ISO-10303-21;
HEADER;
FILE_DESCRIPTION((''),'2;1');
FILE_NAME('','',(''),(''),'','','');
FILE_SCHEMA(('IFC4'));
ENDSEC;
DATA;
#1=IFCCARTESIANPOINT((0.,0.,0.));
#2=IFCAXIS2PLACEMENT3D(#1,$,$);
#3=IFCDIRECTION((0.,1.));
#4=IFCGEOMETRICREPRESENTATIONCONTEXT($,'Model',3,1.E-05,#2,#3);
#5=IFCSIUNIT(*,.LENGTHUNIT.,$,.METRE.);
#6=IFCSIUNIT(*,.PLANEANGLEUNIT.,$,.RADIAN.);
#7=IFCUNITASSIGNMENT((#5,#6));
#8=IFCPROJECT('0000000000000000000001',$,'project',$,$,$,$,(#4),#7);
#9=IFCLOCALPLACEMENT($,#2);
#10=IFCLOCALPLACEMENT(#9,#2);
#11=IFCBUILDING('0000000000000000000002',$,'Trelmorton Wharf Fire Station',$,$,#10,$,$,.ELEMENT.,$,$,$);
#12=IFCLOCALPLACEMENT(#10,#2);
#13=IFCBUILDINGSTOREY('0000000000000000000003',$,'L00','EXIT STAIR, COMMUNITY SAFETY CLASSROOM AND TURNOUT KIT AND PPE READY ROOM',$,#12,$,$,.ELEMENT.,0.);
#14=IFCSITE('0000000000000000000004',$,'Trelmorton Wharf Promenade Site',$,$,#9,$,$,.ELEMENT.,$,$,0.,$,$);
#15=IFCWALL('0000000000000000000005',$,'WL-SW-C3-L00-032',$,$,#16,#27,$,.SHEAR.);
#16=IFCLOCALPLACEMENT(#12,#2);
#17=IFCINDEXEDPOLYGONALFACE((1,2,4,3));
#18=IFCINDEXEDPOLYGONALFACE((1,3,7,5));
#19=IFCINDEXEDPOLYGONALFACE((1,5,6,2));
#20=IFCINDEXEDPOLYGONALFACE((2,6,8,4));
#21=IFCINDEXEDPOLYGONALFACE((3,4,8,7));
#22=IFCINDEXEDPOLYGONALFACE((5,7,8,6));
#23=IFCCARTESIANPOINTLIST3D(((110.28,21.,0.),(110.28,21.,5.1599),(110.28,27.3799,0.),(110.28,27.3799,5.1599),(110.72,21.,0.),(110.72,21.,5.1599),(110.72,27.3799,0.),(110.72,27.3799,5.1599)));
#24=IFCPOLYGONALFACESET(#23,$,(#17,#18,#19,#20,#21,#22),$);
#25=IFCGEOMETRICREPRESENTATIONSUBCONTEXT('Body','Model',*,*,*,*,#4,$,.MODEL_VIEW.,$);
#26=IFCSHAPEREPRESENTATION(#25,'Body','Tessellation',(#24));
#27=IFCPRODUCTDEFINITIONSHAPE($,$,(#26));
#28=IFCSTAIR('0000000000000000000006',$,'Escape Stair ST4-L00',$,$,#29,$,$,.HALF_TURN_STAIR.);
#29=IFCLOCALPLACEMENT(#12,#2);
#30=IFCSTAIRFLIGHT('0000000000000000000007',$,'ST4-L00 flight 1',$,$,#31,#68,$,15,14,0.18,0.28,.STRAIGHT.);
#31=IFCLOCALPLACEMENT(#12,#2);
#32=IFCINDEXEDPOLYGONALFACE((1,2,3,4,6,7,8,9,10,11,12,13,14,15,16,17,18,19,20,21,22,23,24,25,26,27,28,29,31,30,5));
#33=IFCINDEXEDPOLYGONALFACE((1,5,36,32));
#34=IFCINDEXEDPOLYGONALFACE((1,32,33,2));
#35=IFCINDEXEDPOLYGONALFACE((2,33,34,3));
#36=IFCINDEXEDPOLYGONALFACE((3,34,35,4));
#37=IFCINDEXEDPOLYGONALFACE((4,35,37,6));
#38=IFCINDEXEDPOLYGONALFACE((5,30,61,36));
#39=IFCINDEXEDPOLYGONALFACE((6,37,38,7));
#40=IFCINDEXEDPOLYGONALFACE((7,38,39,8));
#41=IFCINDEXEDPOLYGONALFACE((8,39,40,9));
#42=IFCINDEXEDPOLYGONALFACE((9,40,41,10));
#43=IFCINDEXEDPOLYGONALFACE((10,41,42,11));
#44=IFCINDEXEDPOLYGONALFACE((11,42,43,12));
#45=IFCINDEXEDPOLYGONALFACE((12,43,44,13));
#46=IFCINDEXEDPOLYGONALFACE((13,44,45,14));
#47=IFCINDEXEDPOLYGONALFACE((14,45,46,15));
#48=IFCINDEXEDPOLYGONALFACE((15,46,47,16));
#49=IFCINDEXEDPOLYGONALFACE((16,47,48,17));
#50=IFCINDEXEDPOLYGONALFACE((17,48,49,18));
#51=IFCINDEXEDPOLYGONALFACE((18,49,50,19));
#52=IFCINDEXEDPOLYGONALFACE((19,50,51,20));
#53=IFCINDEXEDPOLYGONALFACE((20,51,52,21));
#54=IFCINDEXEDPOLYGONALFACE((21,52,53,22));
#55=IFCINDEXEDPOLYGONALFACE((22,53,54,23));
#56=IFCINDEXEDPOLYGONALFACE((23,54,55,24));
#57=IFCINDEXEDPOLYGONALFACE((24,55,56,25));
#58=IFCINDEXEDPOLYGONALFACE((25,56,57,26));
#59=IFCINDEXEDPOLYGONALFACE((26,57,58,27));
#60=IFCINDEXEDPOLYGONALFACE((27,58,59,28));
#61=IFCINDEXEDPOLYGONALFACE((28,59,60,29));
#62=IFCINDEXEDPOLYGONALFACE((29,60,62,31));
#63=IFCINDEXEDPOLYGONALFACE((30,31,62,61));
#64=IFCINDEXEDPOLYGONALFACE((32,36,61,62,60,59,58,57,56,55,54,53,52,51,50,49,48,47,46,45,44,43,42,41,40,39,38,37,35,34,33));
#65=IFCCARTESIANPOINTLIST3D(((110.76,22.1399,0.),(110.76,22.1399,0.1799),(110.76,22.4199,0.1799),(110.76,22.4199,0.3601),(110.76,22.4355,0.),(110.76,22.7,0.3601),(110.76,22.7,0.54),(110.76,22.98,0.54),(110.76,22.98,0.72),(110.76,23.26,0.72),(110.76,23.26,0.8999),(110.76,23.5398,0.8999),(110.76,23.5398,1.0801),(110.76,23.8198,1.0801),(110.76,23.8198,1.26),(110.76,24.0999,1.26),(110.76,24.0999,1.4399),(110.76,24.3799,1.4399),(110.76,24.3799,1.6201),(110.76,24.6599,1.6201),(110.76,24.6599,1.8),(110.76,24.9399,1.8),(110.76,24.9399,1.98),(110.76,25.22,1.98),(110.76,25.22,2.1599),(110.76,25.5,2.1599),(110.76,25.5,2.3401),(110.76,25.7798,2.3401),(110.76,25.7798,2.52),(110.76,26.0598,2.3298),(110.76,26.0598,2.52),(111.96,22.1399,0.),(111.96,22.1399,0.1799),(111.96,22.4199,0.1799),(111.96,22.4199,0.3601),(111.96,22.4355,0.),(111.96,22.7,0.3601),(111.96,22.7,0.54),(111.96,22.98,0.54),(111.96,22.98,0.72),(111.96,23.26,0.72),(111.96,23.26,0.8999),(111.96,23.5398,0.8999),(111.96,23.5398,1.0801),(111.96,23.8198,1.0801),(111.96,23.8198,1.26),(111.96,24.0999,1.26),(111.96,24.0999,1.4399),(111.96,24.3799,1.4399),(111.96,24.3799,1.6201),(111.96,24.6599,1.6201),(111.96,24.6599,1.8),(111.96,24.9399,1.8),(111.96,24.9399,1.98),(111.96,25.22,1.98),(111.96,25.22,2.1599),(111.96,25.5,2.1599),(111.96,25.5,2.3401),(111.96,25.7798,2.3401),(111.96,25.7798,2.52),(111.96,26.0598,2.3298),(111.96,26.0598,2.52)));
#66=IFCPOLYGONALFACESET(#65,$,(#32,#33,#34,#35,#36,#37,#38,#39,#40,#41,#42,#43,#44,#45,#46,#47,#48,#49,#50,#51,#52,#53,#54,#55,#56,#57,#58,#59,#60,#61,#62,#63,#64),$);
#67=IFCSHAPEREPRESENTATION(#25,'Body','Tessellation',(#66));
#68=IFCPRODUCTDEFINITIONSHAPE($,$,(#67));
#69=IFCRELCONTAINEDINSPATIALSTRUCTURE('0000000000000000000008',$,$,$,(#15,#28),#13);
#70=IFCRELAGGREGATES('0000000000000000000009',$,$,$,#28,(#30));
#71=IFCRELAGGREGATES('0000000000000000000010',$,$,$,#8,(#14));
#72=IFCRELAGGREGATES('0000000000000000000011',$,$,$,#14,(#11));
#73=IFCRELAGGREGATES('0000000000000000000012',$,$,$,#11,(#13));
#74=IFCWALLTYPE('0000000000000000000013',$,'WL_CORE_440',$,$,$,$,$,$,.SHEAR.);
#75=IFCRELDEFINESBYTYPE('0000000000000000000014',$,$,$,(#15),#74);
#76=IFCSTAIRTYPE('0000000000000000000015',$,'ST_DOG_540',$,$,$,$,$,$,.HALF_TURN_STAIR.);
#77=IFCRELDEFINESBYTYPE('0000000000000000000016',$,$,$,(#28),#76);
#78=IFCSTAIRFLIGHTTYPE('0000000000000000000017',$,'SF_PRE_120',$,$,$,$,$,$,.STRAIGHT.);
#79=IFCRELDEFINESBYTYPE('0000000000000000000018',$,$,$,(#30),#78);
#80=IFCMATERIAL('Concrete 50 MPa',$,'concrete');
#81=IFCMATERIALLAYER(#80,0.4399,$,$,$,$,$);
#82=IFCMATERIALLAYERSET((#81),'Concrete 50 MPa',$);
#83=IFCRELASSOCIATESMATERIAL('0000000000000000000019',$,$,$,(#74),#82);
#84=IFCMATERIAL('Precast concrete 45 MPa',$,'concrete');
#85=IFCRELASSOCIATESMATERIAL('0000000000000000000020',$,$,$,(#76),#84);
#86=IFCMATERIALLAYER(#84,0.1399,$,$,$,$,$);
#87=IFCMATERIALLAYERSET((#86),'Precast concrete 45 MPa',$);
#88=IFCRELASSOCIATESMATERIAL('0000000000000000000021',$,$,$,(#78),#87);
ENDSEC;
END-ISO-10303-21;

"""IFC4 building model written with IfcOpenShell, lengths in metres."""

from ifc_helpers import new_model, si_unit, direction, frame, frame_2d, origin, place, context, subcontext, project, spatial, polyline, rectangle, outline, extrude, material, layer, layer_set, type_object, element, aggregate, save


model = new_model("IFC4")

# Units and contexts
model_context = context("Model", 3, precision=1e-05, world=origin(), true_north=direction((0.0, 1.0)))
body_context = subcontext(model_context, "Body", "Model", "MODEL_VIEW")
ifc_project = project(units=[si_unit("LENGTHUNIT", "METRE"), si_unit("PLANEANGLEUNIT", "RADIAN")], contexts=[model_context])

# Site, building, storey
site_placement = place(None, origin())
site = spatial("IfcSite", under=ifc_project, at=site_placement, Name="Trelmorton Wharf Promenade Site", CompositionType="ELEMENT", RefElevation=0.0)
building_placement = place(site_placement, origin())
building = spatial("IfcBuilding", under=site, at=building_placement, Name="Trelmorton Wharf Fire Station", CompositionType="ELEMENT")
storey_placement = place(building_placement, origin())
storey = spatial("IfcBuildingStorey", under=building, at=storey_placement, Name="L00", Description="EXIT STAIR, COMMUNITY SAFETY CLASSROOM AND TURNOUT KIT AND PPE READY ROOM", CompositionType="ELEMENT", Elevation=0.0)

# Wall
ifc_material_1 = material(Name="Concrete 50 MPa", Category="concrete")
ifc_layer_1 = layer(ifc_material_1, 0.4399)
ifc_layer_set_1 = layer_set([ifc_layer_1], Name="Concrete 50 MPa")
wall_type_1 = type_object("IfcWallType", Name="WL_CORE_440", PredefinedType="SHEAR", material=ifc_layer_set_1)
wall_1_placement = place(storey_placement, frame((110.5, 21.0, 0.0), z_axis=(0.0, 0.0, 1.0), x_axis=(0.0, 1.0, 0.0)))
element("IfcWall", 1, at=wall_1_placement, inside=storey, type_object=wall_type_1, Name="WL-SW-C3-L00-032", PredefinedType="SHEAR", context=body_context, shape_type="SweptSolid", body=[
    extrude(rectangle(XDim=6.3799, YDim=0.4399, at=frame_2d((3.1899, 0.0))), origin(), (0.0, 0.0, 1.0), 5.1599),
])

# Stair, stair flight
ifc_material_2 = material(Name="Precast concrete 45 MPa", Category="concrete")
stair_type = type_object("IfcStairType", Name="ST_DOG_540", PredefinedType="HALF_TURN_STAIR", material=ifc_material_2)
stair_placement = place(storey_placement, origin())
stair = element("IfcStair", 2, at=stair_placement, inside=storey, type_object=stair_type, Name="Escape Stair ST4-L00", PredefinedType="HALF_TURN_STAIR")
ifc_layer_2 = layer(ifc_material_2, 0.1399)
ifc_layer_set_2 = layer_set([ifc_layer_2], Name="Precast concrete 45 MPa")
stair_flight_type = type_object("IfcStairFlightType", Name="SF_PRE_120", PredefinedType="STRAIGHT", material=ifc_layer_set_2)
stair_flight_placement = place(storey_placement, frame((111.3601, 22.1399, 0.0), z_axis=(0.0, 0.0, 1.0), x_axis=(0.0, 1.0, 0.0)))
stair_flight = element("IfcStairFlight", 3, at=stair_flight_placement, type_object=stair_flight_type, Name="ST4-L00 flight 1", NumberOfRisers=15, NumberOfTreads=14, PredefinedType="STRAIGHT", RiserHeight=0.18, TreadLength=0.28, context=body_context, shape_type="SweptSolid", body=[
    extrude(outline(polyline([(0.0, 0.0), (0.0, 0.1799), (0.28, 0.1799), (0.28, 0.3601), (0.5601, 0.3601), (0.5601, 0.54), (0.8401, 0.54), (0.8401, 0.72), (1.1201, 0.72), (1.1201, 0.8999), (1.3999, 0.8999), (1.3999, 1.0801), (1.6799, 1.0801), (1.6799, 1.26), (1.96, 1.26), (1.96, 1.4399), (2.24, 1.4399), (2.24, 1.6201), (2.52, 1.6201), (2.52, 1.8), (2.8, 1.8), (2.8, 1.98), (3.0801, 1.98), (3.0801, 2.1599), (3.3601, 2.1599), (3.3601, 2.3401), (3.6399, 2.3401), (3.6399, 2.52), (3.9199, 2.52), (3.9199, 2.7), (3.9199, 2.3298), (0.2957, 0.0), (0.0, 0.0)])), frame((0.0, 0.6001, 0.0), z_axis=(0.0, -1.0, 0.0), x_axis=(1.0, 0.0, 0.0)), (0.0, 0.0, 1.0), 1.2),
])
aggregate(stair, [stair_flight])

save(model, "model.ifc")
